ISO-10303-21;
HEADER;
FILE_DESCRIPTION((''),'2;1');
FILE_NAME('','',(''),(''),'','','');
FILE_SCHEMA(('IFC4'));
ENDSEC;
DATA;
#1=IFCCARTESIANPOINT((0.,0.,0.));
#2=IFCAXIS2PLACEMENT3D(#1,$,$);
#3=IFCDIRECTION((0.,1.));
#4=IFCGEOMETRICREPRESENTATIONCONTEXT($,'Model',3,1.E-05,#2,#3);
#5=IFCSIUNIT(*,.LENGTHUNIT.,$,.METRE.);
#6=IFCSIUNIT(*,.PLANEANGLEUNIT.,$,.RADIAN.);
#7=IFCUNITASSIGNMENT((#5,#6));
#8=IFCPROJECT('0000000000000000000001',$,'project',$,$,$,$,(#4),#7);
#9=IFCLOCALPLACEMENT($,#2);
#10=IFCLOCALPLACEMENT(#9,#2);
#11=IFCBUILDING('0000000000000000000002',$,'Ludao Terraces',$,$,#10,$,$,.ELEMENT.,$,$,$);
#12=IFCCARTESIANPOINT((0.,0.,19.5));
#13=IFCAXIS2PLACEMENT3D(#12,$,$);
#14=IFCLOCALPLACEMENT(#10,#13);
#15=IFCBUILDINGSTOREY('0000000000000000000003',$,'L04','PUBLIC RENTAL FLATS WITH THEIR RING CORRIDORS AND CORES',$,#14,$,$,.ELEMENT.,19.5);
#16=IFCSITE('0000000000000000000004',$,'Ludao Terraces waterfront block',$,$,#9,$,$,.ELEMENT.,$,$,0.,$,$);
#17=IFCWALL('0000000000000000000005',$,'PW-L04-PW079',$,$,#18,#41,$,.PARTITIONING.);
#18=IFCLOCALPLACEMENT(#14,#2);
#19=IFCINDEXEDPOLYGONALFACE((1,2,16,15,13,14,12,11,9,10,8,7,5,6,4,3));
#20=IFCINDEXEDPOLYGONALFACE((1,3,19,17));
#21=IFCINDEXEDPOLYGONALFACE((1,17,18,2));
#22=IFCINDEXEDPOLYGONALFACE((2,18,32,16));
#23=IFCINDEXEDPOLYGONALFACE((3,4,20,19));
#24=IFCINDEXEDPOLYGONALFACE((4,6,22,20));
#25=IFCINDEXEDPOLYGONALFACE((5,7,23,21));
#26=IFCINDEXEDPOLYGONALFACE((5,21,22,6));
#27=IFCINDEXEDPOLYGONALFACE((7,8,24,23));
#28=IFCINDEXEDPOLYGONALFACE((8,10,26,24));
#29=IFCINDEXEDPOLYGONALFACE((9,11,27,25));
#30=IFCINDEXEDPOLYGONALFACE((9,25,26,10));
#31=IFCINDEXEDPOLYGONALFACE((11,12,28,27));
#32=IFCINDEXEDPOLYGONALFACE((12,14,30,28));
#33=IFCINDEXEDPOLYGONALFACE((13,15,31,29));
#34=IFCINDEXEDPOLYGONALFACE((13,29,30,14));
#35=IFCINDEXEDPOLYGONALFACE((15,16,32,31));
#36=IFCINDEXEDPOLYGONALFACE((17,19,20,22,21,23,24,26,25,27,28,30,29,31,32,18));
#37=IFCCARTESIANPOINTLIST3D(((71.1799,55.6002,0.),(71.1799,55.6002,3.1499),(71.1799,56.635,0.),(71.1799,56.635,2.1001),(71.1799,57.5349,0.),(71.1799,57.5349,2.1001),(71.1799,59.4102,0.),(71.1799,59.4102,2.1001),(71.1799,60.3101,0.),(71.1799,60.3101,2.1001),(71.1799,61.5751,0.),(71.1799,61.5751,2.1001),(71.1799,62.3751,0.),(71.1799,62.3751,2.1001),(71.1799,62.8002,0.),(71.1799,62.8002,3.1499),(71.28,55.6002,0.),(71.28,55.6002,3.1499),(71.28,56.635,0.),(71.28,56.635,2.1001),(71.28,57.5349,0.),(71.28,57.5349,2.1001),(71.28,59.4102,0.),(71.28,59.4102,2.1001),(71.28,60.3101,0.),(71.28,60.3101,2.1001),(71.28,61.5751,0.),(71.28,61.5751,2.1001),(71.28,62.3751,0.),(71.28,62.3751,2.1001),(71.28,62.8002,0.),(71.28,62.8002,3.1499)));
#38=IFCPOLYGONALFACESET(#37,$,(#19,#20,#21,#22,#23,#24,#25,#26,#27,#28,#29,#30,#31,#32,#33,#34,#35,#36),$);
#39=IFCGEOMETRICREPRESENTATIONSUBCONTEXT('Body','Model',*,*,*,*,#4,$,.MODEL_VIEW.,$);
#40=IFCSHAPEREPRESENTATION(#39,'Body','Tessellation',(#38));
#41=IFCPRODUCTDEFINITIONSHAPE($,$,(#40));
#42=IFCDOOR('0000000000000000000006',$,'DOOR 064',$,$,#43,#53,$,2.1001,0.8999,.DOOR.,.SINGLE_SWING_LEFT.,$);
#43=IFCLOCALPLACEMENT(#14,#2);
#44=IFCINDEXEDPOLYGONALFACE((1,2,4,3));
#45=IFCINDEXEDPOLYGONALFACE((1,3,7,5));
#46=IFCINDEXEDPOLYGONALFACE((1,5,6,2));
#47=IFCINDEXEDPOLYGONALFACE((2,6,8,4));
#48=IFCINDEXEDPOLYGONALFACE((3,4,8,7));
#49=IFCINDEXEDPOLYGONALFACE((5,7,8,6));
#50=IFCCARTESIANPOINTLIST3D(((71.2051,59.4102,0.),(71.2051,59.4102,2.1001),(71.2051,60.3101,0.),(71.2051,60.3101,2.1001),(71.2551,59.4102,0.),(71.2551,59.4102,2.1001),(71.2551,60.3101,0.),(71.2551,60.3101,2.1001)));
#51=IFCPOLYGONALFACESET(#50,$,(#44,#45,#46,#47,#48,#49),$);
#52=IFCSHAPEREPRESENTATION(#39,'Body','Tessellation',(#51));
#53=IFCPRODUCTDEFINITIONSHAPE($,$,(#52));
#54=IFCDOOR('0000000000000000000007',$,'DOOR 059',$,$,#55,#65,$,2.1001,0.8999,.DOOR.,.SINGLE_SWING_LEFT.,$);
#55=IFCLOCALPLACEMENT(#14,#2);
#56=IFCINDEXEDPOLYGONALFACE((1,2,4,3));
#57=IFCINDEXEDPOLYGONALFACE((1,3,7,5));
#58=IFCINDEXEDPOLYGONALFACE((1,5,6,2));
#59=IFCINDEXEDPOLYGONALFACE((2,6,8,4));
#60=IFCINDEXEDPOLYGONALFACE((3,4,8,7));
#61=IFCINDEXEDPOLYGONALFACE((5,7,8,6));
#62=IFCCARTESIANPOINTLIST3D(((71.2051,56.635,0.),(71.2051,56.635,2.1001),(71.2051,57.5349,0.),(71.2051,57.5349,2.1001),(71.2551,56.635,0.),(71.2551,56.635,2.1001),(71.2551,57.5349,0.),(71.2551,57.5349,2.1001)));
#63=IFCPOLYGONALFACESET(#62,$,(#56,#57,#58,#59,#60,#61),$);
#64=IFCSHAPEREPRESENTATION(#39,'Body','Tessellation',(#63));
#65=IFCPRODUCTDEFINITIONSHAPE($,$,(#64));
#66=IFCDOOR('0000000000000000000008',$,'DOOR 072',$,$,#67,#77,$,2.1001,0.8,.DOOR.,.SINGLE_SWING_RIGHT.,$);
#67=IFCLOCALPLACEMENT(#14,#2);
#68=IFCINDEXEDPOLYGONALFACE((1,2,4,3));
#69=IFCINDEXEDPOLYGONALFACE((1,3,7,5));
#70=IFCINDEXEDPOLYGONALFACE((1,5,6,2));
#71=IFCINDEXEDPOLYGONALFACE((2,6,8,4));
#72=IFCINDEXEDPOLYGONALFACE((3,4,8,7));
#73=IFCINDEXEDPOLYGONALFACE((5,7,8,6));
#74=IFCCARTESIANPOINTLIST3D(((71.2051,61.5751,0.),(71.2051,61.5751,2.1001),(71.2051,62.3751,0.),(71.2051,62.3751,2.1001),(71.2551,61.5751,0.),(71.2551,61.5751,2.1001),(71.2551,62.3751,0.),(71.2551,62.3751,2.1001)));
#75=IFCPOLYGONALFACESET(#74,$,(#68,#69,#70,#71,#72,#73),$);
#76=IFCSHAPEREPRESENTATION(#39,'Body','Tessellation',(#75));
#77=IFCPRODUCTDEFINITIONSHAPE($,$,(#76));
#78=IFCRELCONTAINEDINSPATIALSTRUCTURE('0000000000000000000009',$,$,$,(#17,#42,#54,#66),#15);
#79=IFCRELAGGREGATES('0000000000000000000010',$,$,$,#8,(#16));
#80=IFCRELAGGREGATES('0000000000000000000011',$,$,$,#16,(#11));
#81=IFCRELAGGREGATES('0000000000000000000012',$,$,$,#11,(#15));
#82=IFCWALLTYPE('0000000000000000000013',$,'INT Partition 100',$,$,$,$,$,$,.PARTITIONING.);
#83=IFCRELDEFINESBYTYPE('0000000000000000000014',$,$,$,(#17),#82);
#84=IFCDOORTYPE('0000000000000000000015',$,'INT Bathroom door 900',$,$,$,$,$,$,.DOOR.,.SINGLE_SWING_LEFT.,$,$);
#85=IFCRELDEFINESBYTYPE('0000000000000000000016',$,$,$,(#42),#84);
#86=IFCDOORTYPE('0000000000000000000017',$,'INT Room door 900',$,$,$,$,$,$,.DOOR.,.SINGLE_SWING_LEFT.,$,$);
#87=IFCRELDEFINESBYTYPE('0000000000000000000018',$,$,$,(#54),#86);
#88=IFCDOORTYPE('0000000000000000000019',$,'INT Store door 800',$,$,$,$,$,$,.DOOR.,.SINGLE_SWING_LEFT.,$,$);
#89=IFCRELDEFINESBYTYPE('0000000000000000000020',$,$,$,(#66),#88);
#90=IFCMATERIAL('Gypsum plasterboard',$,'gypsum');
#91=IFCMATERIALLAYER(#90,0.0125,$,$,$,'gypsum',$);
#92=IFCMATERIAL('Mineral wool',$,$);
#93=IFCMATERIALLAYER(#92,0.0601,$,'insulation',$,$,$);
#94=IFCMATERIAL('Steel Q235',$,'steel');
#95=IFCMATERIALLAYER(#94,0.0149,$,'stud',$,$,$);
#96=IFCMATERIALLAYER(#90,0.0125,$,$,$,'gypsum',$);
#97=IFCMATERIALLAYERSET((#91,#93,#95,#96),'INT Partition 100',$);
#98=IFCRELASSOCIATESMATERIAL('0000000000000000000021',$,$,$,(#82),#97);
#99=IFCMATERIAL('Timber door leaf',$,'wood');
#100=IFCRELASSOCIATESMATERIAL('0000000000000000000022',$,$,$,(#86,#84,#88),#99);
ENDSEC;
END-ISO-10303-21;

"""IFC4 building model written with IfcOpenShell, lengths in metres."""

from ifc_helpers import new_model, si_unit, direction, frame, frame_2d, origin, place, context, subcontext, project, spatial, rectangle, extrude, material, layer, layer_set, type_object, element, fill, save


model = new_model("IFC4")

# Units and contexts
model_context = context("Model", 3, precision=1e-05, world=origin(), true_north=direction((0.0, 1.0)))
body_context = subcontext(model_context, "Body", "Model", "MODEL_VIEW")
ifc_project = project(units=[si_unit("LENGTHUNIT", "METRE"), si_unit("PLANEANGLEUNIT", "RADIAN")], contexts=[model_context])

# Site, building, storey
site_placement = place(None, origin())
site = spatial("IfcSite", under=ifc_project, at=site_placement, Name="Ludao Terraces waterfront block", CompositionType="ELEMENT", RefElevation=0.0)
building_placement = place(site_placement, origin())
building = spatial("IfcBuilding", under=site, at=building_placement, Name="Ludao Terraces", CompositionType="ELEMENT")
storey_placement = place(building_placement, frame((0.0, 0.0, 19.5)))
storey = spatial("IfcBuildingStorey", under=building, at=storey_placement, Name="L04", Description="PUBLIC RENTAL FLATS WITH THEIR RING CORRIDORS AND CORES", CompositionType="ELEMENT", Elevation=19.5)

# Shared definitions
ifc_material_1 = material(Name="Gypsum plasterboard", Category="gypsum")
ifc_layer_1 = layer(ifc_material_1, 0.0125, Category="gypsum")
ifc_material_2 = material(Name="Mineral wool")
ifc_layer_2 = layer(ifc_material_2, 0.0601, Name="insulation")
ifc_material_3 = material(Name="Steel Q235", Category="steel")
ifc_layer_3 = layer(ifc_material_3, 0.0149, Name="stud")
ifc_layer_4 = layer(ifc_material_1, 0.0125, Category="gypsum")
ifc_layer_set = layer_set([ifc_layer_1, ifc_layer_2, ifc_layer_3, ifc_layer_4], Name="INT Partition 100")
wall_type = type_object("IfcWallType", Name="INT Partition 100", PredefinedType="PARTITIONING", material=ifc_layer_set)

# Wall, openings, doors
ifc_material_4 = material(Name="Timber door leaf", Category="wood")
door_type_1 = type_object("IfcDoorType", Name="INT Room door 900", OperationType="SINGLE_SWING_LEFT", PredefinedType="DOOR", material=ifc_material_4)
wall_1_placement = place(storey_placement, frame((71.23, 55.6001, 0.0), z_axis=(0.0, 0.0, 1.0), x_axis=(0.0, 1.0, 0.0)))
wall_1 = element("IfcWall", 1, at=wall_1_placement, inside=storey, type_object=wall_type, Name="PW-L04-PW079", PredefinedType="PARTITIONING", context=body_context, shape_type="SweptSolid", body=[
    extrude(rectangle(XDim=7.2, YDim=0.1001, at=frame_2d((3.6001, 0.0))), origin(), (0.0, 0.0, 1.0), 3.1499),
])
opening_1_placement = place(wall_1_placement, frame((1.0349, 0.0, 0.0)))
opening_1 = element("IfcOpeningElement", 2, at=opening_1_placement, cuts=wall_1, PredefinedType="OPENING", context=body_context, shape_type="SweptSolid", body=[
    extrude(rectangle(XDim=0.8999, YDim=2.1001, at=frame_2d((0.45, 1.05))), frame((0.0, 0.0601, 0.0), z_axis=(0.0, -1.0, 0.0), x_axis=(1.0, 0.0, 0.0)), (0.0, 0.0, 1.0), 0.1201),
])
opening_2_placement = place(wall_1_placement, frame((3.8101, 0.0, 0.0)))
opening_2 = element("IfcOpeningElement", 3, at=opening_2_placement, cuts=wall_1, PredefinedType="OPENING", context=body_context, shape_type="SweptSolid", body=[
    extrude(rectangle(XDim=0.8999, YDim=2.1001, at=frame_2d((0.45, 1.05))), frame((0.0, 0.0601, 0.0), z_axis=(0.0, -1.0, 0.0), x_axis=(1.0, 0.0, 0.0)), (0.0, 0.0, 1.0), 0.1201),
])
opening_3_placement = place(wall_1_placement, frame((5.9751, 0.0, 0.0)))
opening_3 = element("IfcOpeningElement", 4, at=opening_3_placement, cuts=wall_1, PredefinedType="OPENING", context=body_context, shape_type="SweptSolid", body=[
    extrude(rectangle(XDim=0.8, YDim=2.1001, at=frame_2d((0.3999, 1.05))), frame((0.0, 0.0601, 0.0), z_axis=(0.0, -1.0, 0.0), x_axis=(1.0, 0.0, 0.0)), (0.0, 0.0, 1.0), 0.1201),
])
door_type_2 = type_object("IfcDoorType", Name="INT Bathroom door 900", OperationType="SINGLE_SWING_LEFT", PredefinedType="DOOR", material=ifc_material_4)
door_1_placement = place(opening_2_placement, origin())
door_1 = element("IfcDoor", 5, at=door_1_placement, inside=storey, type_object=door_type_2, Name="DOOR 064", OperationType="SINGLE_SWING_LEFT", OverallHeight=2.1001, OverallWidth=0.8999, PredefinedType="DOOR", context=body_context, shape_type="SweptSolid", body=[
    extrude(rectangle(XDim=0.8999, YDim=2.1001, at=frame_2d((0.45, 1.05))), frame((0.0, 0.0249, 0.0), z_axis=(0.0, -1.0, 0.0), x_axis=(1.0, 0.0, 0.0)), (0.0, 0.0, 1.0), 0.05),
])
fill(opening_2, door_1)
door_2_placement = place(opening_1_placement, origin())
door_2 = element("IfcDoor", 6, at=door_2_placement, inside=storey, type_object=door_type_1, Name="DOOR 059", OperationType="SINGLE_SWING_LEFT", OverallHeight=2.1001, OverallWidth=0.8999, PredefinedType="DOOR", context=body_context, shape_type="SweptSolid", body=[
    extrude(rectangle(XDim=0.8999, YDim=2.1001, at=frame_2d((0.45, 1.05))), frame((0.0, 0.0249, 0.0), z_axis=(0.0, -1.0, 0.0), x_axis=(1.0, 0.0, 0.0)), (0.0, 0.0, 1.0), 0.05),
])
fill(opening_1, door_2)
door_type_3 = type_object("IfcDoorType", Name="INT Store door 800", OperationType="SINGLE_SWING_LEFT", PredefinedType="DOOR", material=ifc_material_4)
door_3_placement = place(opening_3_placement, origin())
door_3 = element("IfcDoor", 7, at=door_3_placement, inside=storey, type_object=door_type_3, Name="DOOR 072", OperationType="SINGLE_SWING_RIGHT", OverallHeight=2.1001, OverallWidth=0.8, PredefinedType="DOOR", context=body_context, shape_type="SweptSolid", body=[
    extrude(rectangle(XDim=0.8, YDim=2.1001, at=frame_2d((0.3999, 1.05))), frame((0.0, 0.0249, 0.0), z_axis=(0.0, -1.0, 0.0), x_axis=(1.0, 0.0, 0.0)), (0.0, 0.0, 1.0), 0.05),
])
fill(opening_3, door_3)

save(model, "model.ifc")
